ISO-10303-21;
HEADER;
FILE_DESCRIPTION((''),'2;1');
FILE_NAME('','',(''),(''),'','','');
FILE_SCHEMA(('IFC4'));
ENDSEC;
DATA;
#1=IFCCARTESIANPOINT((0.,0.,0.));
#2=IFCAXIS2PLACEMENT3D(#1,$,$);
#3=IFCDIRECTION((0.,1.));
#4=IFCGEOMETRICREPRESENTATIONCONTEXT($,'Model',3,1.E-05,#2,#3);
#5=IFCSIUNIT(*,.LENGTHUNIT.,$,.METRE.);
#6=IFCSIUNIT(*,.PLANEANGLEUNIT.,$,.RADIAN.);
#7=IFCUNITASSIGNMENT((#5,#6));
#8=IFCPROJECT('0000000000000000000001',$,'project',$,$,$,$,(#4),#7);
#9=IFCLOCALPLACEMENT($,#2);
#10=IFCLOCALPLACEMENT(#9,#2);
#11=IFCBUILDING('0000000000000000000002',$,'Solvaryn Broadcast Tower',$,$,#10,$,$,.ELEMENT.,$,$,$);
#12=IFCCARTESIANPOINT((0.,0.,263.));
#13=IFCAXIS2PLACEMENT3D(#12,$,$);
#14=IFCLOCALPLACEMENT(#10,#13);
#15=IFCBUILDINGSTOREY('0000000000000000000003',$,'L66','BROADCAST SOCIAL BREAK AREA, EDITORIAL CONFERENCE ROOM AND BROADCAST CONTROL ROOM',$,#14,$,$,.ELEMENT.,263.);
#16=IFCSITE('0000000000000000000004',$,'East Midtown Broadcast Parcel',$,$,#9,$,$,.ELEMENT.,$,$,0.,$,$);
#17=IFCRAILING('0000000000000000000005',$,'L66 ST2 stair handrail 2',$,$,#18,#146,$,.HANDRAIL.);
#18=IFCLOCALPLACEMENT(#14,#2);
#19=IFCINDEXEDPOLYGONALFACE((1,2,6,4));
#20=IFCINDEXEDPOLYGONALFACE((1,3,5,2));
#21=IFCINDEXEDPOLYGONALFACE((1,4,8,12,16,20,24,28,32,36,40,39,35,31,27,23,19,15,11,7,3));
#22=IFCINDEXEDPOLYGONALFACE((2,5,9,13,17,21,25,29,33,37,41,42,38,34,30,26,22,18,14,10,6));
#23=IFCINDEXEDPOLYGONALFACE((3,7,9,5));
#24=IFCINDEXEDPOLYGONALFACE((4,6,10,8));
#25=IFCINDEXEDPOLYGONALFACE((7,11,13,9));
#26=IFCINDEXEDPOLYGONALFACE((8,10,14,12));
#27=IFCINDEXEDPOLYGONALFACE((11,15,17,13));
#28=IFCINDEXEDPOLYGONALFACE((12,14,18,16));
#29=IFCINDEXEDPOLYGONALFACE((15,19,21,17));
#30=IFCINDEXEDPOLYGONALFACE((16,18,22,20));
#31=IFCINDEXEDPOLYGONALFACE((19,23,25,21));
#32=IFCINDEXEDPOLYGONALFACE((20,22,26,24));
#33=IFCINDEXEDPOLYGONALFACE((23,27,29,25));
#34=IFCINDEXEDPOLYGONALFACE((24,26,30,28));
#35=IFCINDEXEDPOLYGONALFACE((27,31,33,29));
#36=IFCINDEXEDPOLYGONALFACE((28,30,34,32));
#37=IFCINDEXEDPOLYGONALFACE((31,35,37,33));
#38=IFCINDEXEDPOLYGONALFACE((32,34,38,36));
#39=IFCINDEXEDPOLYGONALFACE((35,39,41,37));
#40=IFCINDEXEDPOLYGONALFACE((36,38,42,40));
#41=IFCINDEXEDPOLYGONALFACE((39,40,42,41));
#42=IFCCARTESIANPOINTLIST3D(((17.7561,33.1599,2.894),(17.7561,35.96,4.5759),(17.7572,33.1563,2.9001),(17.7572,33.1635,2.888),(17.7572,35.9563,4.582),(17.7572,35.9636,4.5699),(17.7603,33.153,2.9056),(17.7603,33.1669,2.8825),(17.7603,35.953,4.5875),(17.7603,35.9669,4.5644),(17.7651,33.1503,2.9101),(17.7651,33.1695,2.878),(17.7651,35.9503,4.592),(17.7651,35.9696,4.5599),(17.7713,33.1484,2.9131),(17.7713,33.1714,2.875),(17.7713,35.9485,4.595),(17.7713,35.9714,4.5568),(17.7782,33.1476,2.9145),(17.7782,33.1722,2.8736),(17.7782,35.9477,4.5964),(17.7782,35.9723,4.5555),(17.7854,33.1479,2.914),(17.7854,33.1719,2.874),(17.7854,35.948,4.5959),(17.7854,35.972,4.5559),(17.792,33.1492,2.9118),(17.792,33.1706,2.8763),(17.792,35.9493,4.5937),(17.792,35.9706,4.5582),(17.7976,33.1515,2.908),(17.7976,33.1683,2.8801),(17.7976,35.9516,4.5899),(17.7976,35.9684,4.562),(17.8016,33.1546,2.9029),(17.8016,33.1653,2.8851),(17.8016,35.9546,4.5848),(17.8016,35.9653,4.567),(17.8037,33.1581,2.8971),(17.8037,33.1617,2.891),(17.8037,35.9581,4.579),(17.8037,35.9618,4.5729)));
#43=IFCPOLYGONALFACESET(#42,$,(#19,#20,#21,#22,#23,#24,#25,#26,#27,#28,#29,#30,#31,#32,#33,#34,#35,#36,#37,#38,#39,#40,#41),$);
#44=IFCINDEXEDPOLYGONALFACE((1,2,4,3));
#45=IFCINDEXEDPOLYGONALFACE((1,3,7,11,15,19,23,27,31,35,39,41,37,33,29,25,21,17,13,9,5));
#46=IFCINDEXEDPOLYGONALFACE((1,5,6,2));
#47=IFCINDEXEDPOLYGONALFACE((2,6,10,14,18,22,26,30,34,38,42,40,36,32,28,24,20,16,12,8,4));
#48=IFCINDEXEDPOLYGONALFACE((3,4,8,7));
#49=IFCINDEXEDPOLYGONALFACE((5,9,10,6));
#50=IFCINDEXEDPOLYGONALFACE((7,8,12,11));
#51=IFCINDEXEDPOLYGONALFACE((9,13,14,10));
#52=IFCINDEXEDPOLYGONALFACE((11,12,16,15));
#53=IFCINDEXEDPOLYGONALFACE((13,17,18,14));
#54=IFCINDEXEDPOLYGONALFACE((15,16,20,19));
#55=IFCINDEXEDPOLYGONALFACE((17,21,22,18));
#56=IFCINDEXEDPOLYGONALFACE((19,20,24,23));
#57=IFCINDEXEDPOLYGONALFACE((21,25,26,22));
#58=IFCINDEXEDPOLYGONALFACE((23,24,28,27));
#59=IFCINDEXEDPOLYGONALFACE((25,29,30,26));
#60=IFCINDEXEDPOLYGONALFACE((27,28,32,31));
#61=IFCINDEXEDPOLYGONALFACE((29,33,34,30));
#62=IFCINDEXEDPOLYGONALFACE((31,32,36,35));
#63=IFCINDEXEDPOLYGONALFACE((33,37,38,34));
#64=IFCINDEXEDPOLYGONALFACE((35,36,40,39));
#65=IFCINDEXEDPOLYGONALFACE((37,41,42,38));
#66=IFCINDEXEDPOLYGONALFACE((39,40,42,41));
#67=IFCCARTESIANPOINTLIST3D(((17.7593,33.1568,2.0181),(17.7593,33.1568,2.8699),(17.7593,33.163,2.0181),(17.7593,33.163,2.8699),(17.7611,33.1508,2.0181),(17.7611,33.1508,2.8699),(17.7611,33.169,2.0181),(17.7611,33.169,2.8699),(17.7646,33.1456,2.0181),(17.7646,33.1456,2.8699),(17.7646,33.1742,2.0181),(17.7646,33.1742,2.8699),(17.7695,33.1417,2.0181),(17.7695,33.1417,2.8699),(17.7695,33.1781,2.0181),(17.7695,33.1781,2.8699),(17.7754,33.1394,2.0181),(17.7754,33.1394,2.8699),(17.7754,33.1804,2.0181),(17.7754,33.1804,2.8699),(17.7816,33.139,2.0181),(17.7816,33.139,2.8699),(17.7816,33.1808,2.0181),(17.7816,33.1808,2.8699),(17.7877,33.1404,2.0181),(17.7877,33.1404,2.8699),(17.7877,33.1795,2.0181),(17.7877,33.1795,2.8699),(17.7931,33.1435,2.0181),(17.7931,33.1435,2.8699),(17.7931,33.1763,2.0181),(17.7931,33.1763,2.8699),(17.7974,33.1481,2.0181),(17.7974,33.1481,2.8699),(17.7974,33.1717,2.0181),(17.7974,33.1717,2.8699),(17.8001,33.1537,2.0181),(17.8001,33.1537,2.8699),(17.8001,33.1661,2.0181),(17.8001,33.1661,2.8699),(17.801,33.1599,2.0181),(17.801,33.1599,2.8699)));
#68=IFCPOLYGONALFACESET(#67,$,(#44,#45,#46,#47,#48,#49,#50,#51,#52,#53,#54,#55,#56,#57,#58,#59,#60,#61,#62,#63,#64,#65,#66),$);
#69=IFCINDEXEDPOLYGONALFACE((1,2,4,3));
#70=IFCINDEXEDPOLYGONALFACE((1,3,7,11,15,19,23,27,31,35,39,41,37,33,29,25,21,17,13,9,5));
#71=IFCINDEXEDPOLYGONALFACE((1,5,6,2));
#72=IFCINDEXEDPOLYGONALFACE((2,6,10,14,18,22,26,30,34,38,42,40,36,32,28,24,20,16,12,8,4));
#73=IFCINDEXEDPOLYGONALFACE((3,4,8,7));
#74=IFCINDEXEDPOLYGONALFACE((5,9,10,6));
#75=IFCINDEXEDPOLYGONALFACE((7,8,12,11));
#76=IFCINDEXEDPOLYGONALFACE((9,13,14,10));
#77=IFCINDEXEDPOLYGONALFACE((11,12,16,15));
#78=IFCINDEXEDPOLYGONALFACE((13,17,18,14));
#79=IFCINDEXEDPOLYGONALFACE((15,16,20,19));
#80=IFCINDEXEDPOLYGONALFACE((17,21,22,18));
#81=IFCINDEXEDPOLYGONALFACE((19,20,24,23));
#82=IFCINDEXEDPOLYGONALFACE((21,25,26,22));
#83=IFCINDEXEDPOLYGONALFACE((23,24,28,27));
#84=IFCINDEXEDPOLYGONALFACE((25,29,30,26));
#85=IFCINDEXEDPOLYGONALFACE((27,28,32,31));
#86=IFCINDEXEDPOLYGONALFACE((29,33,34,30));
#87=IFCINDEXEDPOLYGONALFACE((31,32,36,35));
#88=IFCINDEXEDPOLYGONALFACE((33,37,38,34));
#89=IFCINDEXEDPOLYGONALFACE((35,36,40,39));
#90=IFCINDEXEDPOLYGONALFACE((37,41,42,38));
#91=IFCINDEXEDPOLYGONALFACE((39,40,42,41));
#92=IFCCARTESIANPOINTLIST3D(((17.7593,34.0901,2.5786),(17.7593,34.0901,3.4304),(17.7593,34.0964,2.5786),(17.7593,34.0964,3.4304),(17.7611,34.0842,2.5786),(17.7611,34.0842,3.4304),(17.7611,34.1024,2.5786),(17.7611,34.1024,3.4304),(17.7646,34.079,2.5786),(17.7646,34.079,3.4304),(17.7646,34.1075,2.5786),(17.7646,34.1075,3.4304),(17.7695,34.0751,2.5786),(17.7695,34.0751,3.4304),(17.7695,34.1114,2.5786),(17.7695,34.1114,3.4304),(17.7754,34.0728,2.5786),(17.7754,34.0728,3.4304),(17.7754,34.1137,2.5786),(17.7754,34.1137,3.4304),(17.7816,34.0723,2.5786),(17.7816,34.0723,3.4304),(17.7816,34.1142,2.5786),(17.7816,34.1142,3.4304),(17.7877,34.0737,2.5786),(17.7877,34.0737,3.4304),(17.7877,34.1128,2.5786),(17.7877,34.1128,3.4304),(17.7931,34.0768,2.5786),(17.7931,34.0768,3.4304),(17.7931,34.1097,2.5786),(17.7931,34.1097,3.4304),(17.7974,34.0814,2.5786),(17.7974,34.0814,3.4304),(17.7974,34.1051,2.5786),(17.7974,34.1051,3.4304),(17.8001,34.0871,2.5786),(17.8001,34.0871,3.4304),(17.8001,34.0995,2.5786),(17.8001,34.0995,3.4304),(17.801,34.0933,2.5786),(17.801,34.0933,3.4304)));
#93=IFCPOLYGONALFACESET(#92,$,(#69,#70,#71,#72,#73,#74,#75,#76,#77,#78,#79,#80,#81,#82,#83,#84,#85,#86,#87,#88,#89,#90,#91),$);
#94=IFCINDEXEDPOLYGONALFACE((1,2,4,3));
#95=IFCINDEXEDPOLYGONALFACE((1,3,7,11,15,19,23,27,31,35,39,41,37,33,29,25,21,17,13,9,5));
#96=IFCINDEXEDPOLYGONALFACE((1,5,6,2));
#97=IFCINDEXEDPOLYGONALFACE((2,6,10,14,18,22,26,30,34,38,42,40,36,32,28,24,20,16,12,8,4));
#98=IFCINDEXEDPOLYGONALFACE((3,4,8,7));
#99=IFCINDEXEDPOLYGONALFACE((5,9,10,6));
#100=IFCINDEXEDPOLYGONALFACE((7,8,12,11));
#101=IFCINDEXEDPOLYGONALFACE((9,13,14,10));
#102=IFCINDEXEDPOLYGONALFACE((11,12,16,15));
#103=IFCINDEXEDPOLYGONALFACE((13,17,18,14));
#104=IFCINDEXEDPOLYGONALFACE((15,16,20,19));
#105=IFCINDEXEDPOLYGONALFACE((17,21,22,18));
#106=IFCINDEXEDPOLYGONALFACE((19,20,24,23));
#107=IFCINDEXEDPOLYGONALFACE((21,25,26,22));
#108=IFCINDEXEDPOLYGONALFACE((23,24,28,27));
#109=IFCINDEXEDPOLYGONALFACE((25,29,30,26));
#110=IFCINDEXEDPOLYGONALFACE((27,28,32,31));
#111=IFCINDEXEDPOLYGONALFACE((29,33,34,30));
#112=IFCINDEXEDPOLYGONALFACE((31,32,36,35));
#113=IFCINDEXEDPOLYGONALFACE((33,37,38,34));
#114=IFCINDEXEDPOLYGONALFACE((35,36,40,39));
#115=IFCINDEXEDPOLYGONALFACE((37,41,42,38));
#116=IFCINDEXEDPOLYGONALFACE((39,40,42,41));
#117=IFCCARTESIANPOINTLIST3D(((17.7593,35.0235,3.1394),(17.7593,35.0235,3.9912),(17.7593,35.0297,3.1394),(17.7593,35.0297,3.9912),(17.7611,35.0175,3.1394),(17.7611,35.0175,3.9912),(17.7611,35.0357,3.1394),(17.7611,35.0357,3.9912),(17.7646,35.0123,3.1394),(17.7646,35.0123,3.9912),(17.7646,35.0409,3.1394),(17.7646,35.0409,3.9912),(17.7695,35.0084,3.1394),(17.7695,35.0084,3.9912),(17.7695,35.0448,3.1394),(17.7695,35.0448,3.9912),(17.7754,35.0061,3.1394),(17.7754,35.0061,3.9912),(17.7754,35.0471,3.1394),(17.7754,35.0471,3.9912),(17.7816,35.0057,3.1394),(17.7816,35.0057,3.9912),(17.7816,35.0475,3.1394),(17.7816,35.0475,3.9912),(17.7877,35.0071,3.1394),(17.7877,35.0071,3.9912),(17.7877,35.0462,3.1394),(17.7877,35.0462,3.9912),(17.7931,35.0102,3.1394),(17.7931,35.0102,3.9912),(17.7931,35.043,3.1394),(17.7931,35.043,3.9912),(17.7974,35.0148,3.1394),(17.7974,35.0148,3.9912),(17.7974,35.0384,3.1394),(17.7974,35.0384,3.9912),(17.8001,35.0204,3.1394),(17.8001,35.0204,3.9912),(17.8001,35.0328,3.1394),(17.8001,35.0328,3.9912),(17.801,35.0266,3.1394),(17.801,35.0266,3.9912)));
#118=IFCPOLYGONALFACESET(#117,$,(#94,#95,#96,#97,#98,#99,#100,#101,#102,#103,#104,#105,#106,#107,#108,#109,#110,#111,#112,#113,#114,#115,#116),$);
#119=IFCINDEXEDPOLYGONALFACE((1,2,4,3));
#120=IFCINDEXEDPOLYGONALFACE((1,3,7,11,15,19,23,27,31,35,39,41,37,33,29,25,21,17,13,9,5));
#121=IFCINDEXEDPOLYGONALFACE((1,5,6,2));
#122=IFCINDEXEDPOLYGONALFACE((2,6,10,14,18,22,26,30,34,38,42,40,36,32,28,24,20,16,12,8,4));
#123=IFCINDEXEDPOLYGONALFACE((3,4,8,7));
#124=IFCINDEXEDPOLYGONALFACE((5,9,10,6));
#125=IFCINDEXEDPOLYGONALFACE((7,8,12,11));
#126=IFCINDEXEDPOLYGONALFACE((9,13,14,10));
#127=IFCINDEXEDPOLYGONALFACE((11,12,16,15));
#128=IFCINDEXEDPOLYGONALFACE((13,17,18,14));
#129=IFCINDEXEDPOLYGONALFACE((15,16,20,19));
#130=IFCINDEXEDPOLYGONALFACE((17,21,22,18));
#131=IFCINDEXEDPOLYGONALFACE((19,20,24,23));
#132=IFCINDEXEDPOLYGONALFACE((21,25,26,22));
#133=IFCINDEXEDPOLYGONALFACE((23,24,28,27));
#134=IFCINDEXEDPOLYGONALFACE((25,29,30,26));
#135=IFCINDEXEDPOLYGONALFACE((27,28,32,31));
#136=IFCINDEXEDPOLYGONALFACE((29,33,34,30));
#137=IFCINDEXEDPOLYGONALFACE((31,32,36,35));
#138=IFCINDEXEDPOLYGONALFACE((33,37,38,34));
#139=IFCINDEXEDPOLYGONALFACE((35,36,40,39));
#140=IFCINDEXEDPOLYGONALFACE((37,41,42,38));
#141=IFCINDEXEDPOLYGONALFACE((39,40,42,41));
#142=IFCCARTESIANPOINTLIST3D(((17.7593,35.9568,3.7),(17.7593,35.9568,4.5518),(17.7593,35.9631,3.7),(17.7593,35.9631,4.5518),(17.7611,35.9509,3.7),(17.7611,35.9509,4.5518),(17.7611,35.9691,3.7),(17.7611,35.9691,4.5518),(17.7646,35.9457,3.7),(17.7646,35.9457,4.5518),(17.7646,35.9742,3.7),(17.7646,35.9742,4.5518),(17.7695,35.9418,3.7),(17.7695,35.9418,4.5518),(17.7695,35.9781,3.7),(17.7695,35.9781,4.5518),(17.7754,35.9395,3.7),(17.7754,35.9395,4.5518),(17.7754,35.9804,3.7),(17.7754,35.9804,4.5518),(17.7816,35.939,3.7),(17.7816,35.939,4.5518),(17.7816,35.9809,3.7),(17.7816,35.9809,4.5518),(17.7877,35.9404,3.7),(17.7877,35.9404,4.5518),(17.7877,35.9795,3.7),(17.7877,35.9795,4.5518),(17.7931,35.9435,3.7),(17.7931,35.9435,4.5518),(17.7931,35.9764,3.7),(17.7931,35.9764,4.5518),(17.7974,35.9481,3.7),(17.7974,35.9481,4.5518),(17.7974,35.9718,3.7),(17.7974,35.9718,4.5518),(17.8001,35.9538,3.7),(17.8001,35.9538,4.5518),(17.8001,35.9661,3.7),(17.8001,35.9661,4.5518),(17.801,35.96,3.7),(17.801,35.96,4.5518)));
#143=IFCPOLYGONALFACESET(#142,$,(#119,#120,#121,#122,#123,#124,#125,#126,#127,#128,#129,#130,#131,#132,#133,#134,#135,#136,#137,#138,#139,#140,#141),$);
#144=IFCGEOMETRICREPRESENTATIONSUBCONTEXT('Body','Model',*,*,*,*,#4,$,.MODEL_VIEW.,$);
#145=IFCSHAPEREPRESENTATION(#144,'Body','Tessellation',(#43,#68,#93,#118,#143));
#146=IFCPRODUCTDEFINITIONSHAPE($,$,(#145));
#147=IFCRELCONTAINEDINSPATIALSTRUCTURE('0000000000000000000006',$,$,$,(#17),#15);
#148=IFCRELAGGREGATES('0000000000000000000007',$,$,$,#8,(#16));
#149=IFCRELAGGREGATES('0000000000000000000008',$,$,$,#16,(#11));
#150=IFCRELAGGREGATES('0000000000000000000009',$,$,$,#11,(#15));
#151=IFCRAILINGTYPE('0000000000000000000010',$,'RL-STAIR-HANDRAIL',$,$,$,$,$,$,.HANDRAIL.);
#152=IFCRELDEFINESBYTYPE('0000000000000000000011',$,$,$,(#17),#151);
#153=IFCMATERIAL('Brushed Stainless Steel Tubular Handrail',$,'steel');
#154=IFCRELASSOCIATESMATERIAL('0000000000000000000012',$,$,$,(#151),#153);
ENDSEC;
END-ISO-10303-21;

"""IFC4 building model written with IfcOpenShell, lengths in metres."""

from ifc_helpers import new_model, si_unit, direction, frame, origin, origin_2d, place, context, subcontext, project, spatial, circle, extrude, material, type_object, element, save


model = new_model("IFC4")

# Units and contexts
model_context = context("Model", 3, precision=1e-05, world=origin(), true_north=direction((0.0, 1.0)))
body_context = subcontext(model_context, "Body", "Model", "MODEL_VIEW")
ifc_project = project(units=[si_unit("LENGTHUNIT", "METRE"), si_unit("PLANEANGLEUNIT", "RADIAN")], contexts=[model_context])

# Site, building, storey
site_placement = place(None, origin())
site = spatial("IfcSite", under=ifc_project, at=site_placement, Name="East Midtown Broadcast Parcel", CompositionType="ELEMENT", RefElevation=0.0)
building_placement = place(site_placement, origin())
building = spatial("IfcBuilding", under=site, at=building_placement, Name="Solvaryn Broadcast Tower", CompositionType="ELEMENT")
storey_placement = place(building_placement, frame((0.0, 0.0, 263.0)))
storey = spatial("IfcBuildingStorey", under=building, at=storey_placement, Name="L66", Description="BROADCAST SOCIAL BREAK AREA, EDITORIAL CONFERENCE ROOM AND BROADCAST CONTROL ROOM", CompositionType="ELEMENT", Elevation=263.0)

# Railing
ifc_material_1 = material(Name="Brushed Stainless Steel Tubular Handrail", Category="steel")
railing_type_1 = type_object("IfcRailingType", Name="RL-STAIR-HANDRAIL", PredefinedType="HANDRAIL", material=ifc_material_1)
railing_1_placement = place(storey_placement, frame((17.78, 33.1599, 2.0181)))
element("IfcRailing", 1, at=railing_1_placement, inside=storey, type_object=railing_type_1, Name="L66 ST2 stair handrail 2", PredefinedType="HANDRAIL", context=body_context, shape_type="SweptSolid", body=[
    extrude(circle(Radius=0.0239, at=origin_2d()), frame((0.0, 0.0, 0.876), z_axis=(0.0, 0.857242, 0.514913), x_axis=(-1.0, 0.0, 0.0)), (0.0, 0.0, 1.0), 3.2664),
    extrude(circle(Radius=0.021, at=origin_2d()), origin(), (0.0, 0.0, 1.0), 0.8518),
    extrude(circle(Radius=0.021, at=origin_2d()), frame((0.0, 0.9333, 0.5605)), (0.0, 0.0, 1.0), 0.8518),
    extrude(circle(Radius=0.021, at=origin_2d()), frame((0.0, 1.8667, 1.1213)), (0.0, 0.0, 1.0), 0.8518),
    extrude(circle(Radius=0.021, at=origin_2d()), frame((0.0, 2.8, 1.6819)), (0.0, 0.0, 1.0), 0.8518),
])

save(model, "model.ifc")
